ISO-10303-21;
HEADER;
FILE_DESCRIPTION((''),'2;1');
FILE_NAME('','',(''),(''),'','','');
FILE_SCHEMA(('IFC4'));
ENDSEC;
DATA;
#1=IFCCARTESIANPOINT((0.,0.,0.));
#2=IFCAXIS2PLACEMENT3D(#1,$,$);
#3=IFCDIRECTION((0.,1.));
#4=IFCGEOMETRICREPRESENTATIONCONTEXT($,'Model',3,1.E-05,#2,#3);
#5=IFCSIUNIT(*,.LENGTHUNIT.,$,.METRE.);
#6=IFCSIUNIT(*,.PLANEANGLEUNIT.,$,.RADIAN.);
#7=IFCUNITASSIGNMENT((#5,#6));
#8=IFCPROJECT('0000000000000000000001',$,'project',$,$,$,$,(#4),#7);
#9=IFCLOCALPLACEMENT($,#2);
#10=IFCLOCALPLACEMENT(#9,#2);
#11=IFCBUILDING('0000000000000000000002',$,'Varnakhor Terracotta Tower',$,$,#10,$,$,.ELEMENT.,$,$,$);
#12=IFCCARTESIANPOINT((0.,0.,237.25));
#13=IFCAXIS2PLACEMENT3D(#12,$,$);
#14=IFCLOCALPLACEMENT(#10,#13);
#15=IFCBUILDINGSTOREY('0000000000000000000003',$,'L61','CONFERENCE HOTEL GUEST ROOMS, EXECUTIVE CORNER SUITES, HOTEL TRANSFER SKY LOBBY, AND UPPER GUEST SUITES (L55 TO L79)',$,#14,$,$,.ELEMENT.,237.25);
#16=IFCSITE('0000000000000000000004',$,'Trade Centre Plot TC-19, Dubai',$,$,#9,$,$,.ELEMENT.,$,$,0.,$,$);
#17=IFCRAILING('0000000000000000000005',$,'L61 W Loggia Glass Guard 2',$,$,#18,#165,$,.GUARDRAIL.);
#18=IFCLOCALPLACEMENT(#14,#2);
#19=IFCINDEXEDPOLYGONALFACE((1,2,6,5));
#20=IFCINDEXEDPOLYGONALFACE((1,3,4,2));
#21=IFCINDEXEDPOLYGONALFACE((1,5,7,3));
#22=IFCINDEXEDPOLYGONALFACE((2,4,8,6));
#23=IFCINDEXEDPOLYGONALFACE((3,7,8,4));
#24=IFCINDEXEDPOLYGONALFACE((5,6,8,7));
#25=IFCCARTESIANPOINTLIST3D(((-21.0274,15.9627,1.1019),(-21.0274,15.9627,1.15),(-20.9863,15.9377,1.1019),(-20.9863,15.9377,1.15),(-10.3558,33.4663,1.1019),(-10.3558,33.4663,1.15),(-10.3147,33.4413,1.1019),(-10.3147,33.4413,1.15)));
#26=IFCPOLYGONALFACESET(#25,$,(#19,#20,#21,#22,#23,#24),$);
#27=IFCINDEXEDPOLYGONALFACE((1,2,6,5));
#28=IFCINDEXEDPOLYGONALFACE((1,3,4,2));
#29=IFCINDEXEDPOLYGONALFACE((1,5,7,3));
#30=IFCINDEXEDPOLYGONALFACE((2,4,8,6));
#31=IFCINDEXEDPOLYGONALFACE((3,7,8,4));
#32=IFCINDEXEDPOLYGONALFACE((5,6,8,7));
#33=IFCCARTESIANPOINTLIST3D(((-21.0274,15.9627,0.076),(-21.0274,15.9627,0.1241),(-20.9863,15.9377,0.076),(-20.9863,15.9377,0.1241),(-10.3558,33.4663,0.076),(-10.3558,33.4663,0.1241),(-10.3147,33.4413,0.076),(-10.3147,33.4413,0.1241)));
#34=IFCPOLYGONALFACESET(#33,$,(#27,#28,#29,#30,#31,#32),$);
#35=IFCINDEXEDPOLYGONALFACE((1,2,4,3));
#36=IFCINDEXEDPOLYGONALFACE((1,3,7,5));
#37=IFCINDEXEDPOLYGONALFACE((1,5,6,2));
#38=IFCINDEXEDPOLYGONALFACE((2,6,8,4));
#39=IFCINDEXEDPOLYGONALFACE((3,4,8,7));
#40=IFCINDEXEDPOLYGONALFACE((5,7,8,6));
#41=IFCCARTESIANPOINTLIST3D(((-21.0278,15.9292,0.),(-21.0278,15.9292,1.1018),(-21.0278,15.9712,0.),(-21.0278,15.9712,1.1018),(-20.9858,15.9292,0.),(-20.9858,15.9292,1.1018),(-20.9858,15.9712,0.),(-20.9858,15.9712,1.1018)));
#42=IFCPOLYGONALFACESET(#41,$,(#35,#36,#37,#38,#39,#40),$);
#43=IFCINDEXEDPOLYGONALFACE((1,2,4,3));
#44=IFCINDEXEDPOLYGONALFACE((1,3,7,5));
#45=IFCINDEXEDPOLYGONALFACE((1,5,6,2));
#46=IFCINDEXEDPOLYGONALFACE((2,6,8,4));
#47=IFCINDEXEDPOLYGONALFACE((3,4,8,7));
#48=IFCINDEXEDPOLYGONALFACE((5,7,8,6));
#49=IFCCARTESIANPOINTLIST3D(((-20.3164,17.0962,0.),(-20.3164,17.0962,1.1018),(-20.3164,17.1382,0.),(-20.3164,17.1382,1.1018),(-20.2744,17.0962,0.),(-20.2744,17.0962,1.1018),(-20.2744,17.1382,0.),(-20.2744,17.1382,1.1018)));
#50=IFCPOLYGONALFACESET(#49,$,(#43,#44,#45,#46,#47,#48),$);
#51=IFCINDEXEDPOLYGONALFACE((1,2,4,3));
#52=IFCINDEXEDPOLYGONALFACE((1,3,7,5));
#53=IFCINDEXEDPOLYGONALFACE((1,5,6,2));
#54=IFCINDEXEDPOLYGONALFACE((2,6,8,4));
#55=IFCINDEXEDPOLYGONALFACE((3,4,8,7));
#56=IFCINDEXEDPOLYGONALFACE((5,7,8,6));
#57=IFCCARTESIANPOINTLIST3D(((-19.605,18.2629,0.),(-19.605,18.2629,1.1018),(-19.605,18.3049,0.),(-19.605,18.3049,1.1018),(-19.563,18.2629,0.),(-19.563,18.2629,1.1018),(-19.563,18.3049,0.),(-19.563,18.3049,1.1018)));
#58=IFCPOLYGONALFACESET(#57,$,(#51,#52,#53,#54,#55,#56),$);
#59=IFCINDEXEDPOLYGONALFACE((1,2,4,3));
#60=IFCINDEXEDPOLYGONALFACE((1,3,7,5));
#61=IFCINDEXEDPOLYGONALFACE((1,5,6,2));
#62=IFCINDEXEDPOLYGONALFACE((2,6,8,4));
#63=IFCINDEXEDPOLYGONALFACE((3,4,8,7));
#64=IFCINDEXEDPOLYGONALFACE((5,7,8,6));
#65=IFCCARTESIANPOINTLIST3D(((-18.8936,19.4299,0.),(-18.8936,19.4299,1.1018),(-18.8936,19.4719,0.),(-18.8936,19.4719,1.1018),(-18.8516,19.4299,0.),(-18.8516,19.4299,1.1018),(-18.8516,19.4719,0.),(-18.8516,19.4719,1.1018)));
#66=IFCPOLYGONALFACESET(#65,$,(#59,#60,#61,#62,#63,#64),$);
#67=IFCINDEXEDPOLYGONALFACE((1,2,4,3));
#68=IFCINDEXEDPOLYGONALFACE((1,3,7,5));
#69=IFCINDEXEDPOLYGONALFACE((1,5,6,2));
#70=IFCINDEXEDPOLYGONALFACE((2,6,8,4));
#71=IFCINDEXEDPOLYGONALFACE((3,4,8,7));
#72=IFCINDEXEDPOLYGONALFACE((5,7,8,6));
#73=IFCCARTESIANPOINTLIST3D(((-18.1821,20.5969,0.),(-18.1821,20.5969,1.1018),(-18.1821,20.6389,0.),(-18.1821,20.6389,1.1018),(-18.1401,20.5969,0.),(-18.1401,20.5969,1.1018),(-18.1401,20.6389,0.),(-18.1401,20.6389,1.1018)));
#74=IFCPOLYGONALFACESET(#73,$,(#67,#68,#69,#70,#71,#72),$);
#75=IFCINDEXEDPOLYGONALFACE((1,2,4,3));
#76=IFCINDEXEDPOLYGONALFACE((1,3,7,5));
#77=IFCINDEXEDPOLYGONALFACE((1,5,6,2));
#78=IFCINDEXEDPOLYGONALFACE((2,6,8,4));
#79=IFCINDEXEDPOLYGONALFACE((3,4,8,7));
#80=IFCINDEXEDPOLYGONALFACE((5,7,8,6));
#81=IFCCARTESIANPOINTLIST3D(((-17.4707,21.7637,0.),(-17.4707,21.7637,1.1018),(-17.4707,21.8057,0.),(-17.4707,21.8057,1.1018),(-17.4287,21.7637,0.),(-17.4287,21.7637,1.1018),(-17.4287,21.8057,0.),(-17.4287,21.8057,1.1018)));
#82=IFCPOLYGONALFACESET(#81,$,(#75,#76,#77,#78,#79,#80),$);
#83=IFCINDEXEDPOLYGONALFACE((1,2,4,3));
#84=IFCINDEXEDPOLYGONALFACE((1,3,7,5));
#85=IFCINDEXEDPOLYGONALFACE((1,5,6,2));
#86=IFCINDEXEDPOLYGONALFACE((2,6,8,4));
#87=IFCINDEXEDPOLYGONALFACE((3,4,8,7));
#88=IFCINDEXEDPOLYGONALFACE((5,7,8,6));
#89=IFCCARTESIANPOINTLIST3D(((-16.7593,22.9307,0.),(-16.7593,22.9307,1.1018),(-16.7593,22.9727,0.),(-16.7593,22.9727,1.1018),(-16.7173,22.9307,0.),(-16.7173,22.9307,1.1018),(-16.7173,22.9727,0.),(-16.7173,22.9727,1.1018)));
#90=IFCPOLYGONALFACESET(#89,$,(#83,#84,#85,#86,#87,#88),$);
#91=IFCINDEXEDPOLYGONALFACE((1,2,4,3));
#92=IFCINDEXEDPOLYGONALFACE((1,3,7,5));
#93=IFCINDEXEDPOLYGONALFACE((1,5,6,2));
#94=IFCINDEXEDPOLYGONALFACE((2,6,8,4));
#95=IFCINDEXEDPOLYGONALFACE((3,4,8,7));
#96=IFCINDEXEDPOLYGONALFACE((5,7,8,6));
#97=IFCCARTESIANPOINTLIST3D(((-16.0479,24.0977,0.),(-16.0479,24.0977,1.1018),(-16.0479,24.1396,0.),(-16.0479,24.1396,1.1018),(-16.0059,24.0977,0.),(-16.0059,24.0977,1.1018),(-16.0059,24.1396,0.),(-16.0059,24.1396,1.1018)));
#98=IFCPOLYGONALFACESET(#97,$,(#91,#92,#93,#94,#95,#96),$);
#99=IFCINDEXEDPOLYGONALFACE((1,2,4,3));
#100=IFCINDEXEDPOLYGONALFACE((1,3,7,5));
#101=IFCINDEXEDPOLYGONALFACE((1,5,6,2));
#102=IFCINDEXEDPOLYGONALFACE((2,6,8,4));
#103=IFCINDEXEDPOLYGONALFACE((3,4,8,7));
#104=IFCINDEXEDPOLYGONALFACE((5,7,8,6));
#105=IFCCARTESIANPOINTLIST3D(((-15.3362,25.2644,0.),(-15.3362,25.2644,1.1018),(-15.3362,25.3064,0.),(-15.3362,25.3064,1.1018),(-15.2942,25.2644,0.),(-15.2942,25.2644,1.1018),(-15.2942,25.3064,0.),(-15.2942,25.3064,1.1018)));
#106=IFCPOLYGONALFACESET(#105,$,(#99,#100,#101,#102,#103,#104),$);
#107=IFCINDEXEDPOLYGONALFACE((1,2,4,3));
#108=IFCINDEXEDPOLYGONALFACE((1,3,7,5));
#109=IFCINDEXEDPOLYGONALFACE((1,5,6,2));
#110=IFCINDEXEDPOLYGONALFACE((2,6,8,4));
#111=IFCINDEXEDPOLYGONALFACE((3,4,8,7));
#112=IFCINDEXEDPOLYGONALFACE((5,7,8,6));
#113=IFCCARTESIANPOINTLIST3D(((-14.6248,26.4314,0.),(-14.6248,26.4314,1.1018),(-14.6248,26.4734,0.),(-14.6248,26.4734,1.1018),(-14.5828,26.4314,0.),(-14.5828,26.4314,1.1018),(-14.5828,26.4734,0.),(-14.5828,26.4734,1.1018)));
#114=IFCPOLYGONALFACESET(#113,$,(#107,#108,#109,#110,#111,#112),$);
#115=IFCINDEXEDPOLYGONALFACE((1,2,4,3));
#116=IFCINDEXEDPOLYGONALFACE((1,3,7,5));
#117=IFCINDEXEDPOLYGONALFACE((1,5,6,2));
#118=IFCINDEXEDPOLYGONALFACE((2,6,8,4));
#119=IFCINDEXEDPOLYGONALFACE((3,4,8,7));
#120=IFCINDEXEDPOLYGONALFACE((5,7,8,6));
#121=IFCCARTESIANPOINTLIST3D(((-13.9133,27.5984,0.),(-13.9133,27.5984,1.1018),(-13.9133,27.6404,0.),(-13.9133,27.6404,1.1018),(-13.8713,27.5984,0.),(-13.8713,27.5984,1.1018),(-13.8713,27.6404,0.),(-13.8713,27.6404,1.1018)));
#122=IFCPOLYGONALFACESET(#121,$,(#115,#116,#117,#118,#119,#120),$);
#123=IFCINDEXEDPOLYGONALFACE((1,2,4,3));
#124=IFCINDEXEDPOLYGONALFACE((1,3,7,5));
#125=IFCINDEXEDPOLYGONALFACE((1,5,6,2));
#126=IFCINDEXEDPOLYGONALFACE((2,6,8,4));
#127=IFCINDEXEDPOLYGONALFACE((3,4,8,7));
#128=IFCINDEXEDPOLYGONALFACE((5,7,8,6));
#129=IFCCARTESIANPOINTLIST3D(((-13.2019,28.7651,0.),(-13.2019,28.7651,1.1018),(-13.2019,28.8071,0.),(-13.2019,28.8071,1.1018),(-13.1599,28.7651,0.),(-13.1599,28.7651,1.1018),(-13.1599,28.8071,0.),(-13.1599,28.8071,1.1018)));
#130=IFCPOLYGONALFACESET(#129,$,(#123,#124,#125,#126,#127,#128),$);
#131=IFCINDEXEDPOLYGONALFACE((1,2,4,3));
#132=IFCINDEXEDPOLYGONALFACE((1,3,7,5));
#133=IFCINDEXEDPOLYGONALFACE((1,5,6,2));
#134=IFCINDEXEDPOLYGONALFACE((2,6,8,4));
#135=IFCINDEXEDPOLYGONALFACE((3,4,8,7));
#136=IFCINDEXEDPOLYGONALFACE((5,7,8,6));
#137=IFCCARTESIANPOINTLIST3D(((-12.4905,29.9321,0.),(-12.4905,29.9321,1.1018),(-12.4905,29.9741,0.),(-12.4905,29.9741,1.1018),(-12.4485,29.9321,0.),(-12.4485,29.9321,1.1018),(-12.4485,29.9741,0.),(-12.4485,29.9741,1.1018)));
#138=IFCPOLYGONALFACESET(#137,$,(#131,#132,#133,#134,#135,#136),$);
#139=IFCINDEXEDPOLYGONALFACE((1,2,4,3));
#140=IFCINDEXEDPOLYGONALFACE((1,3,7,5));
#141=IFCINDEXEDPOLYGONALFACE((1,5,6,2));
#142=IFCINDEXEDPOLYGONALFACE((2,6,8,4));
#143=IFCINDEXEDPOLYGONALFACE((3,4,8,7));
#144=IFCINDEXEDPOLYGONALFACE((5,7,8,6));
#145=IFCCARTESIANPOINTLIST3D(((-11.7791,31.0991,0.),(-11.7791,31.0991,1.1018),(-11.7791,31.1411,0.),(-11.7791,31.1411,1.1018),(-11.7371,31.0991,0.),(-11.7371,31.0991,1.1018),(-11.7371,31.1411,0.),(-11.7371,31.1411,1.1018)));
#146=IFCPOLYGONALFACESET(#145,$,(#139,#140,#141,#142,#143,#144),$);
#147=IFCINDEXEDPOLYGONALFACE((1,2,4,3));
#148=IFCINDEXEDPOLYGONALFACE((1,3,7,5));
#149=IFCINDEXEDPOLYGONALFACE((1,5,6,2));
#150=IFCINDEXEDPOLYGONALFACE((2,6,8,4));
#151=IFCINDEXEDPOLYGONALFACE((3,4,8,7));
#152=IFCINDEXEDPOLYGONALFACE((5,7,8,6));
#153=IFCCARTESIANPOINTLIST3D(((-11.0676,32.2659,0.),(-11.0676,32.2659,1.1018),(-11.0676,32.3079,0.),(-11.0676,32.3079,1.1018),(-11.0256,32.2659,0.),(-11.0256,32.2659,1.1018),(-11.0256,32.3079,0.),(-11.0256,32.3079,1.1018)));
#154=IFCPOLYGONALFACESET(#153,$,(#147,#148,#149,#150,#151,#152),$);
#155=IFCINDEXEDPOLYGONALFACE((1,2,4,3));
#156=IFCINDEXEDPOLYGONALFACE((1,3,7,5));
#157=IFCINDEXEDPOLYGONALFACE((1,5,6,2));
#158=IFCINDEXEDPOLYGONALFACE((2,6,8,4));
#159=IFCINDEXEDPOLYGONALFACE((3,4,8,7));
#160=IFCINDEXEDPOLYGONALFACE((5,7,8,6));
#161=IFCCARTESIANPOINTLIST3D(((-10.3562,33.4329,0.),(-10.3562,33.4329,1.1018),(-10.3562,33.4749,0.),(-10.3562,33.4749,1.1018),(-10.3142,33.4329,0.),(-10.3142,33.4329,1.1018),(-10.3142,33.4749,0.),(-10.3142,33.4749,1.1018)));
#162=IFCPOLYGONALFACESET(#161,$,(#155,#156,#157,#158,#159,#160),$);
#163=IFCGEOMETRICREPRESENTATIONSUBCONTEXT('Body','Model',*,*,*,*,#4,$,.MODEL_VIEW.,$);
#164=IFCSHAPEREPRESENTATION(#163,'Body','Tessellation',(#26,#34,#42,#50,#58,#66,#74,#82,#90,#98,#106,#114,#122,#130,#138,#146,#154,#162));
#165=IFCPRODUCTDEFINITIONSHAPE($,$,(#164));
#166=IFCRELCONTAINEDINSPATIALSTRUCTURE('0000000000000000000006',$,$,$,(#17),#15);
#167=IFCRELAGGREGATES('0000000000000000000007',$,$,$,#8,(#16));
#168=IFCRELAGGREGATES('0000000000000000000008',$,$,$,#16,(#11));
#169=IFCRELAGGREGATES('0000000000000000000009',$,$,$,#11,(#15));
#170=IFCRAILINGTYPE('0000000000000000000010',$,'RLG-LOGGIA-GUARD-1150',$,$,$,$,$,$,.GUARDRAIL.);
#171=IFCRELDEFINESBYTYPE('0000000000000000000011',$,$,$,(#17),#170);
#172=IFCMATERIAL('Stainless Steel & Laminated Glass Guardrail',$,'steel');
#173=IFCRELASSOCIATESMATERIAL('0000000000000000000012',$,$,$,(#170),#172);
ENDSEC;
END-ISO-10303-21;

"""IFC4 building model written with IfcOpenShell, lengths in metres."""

from ifc_helpers import new_model, si_unit, direction, frame, origin, origin_2d, place, context, subcontext, project, spatial, rectangle, extrude, material, type_object, element, save


model = new_model("IFC4")

# Units and contexts
model_context = context("Model", 3, precision=1e-05, world=origin(), true_north=direction((0.0, 1.0)))
body_context = subcontext(model_context, "Body", "Model", "MODEL_VIEW")
ifc_project = project(units=[si_unit("LENGTHUNIT", "METRE"), si_unit("PLANEANGLEUNIT", "RADIAN")], contexts=[model_context])

# Site, building, storey
site_placement = place(None, origin())
site = spatial("IfcSite", under=ifc_project, at=site_placement, Name="Trade Centre Plot TC-19, Dubai", CompositionType="ELEMENT", RefElevation=0.0)
building_placement = place(site_placement, origin())
building = spatial("IfcBuilding", under=site, at=building_placement, Name="Varnakhor Terracotta Tower", CompositionType="ELEMENT")
storey_placement = place(building_placement, frame((0.0, 0.0, 237.25)))
storey = spatial("IfcBuildingStorey", under=building, at=storey_placement, Name="L61", Description="CONFERENCE HOTEL GUEST ROOMS, EXECUTIVE CORNER SUITES, HOTEL TRANSFER SKY LOBBY, AND UPPER GUEST SUITES (L55 TO L79)", CompositionType="ELEMENT", Elevation=237.25)

# Railing
ifc_material_1 = material(Name="Stainless Steel & Laminated Glass Guardrail", Category="steel")
railing_type = type_object("IfcRailingType", Name="RLG-LOGGIA-GUARD-1150", PredefinedType="GUARDRAIL", material=ifc_material_1)
railing_1_placement = place(storey_placement, frame((-21.0068, 15.9502, 0.0)))
element("IfcRailing", 1, at=railing_1_placement, inside=storey, type_object=railing_type, Name="L61 W Loggia Glass Guard 2", PredefinedType="GUARDRAIL", context=body_context, shape_type="SweptSolid", body=[
    extrude(rectangle(XDim=0.0481, YDim=0.0481, at=origin_2d()), frame((0.0, 0.0, 1.126), z_axis=(0.52056, 0.853825, 0.0), x_axis=(-0.853825, 0.52056, 0.0)), (0.0, 0.0, 1.0), 20.5002),
    extrude(rectangle(XDim=0.0481, YDim=0.0481, at=origin_2d()), frame((0.0, 0.0, 0.1001), z_axis=(0.52056, 0.853825, 0.0), x_axis=(-0.853825, 0.52056, 0.0)), (0.0, 0.0, 1.0), 20.5002),
    extrude(rectangle(XDim=0.042, YDim=0.042, at=origin_2d()), origin(), (0.0, 0.0, 1.0), 1.1018),
    extrude(rectangle(XDim=0.042, YDim=0.042, at=origin_2d()), frame((0.7114, 1.167, 0.0)), (0.0, 0.0, 1.0), 1.1018),
    extrude(rectangle(XDim=0.042, YDim=0.042, at=origin_2d()), frame((1.4229, 2.3337, 0.0)), (0.0, 0.0, 1.0), 1.1018),
    extrude(rectangle(XDim=0.042, YDim=0.042, at=origin_2d()), frame((2.1343, 3.5007, 0.0)), (0.0, 0.0, 1.0), 1.1018),
    extrude(rectangle(XDim=0.042, YDim=0.042, at=origin_2d()), frame((2.8457, 4.6677, 0.0)), (0.0, 0.0, 1.0), 1.1018),
    extrude(rectangle(XDim=0.042, YDim=0.042, at=origin_2d()), frame((3.5571, 5.8345, 0.0)), (0.0, 0.0, 1.0), 1.1018),
    extrude(rectangle(XDim=0.042, YDim=0.042, at=origin_2d()), frame((4.2686, 7.0015, 0.0)), (0.0, 0.0, 1.0), 1.1018),
    extrude(rectangle(XDim=0.042, YDim=0.042, at=origin_2d()), frame((4.98, 8.1685, 0.0)), (0.0, 0.0, 1.0), 1.1018),
    extrude(rectangle(XDim=0.042, YDim=0.042, at=origin_2d()), frame((5.6917, 9.3352, 0.0)), (0.0, 0.0, 1.0), 1.1018),
    extrude(rectangle(XDim=0.042, YDim=0.042, at=origin_2d()), frame((6.4031, 10.5022, 0.0)), (0.0, 0.0, 1.0), 1.1018),
    extrude(rectangle(XDim=0.042, YDim=0.042, at=origin_2d()), frame((7.1145, 11.6692, 0.0)), (0.0, 0.0, 1.0), 1.1018),
    extrude(rectangle(XDim=0.042, YDim=0.042, at=origin_2d()), frame((7.8259, 12.8359, 0.0)), (0.0, 0.0, 1.0), 1.1018),
    extrude(rectangle(XDim=0.042, YDim=0.042, at=origin_2d()), frame((8.5374, 14.0029, 0.0)), (0.0, 0.0, 1.0), 1.1018),
    extrude(rectangle(XDim=0.042, YDim=0.042, at=origin_2d()), frame((9.2488, 15.1699, 0.0)), (0.0, 0.0, 1.0), 1.1018),
    extrude(rectangle(XDim=0.042, YDim=0.042, at=origin_2d()), frame((9.9602, 16.3367, 0.0)), (0.0, 0.0, 1.0), 1.1018),
    extrude(rectangle(XDim=0.042, YDim=0.042, at=origin_2d()), frame((10.6716, 17.5037, 0.0)), (0.0, 0.0, 1.0), 1.1018),
])

save(model, "model.ifc")
